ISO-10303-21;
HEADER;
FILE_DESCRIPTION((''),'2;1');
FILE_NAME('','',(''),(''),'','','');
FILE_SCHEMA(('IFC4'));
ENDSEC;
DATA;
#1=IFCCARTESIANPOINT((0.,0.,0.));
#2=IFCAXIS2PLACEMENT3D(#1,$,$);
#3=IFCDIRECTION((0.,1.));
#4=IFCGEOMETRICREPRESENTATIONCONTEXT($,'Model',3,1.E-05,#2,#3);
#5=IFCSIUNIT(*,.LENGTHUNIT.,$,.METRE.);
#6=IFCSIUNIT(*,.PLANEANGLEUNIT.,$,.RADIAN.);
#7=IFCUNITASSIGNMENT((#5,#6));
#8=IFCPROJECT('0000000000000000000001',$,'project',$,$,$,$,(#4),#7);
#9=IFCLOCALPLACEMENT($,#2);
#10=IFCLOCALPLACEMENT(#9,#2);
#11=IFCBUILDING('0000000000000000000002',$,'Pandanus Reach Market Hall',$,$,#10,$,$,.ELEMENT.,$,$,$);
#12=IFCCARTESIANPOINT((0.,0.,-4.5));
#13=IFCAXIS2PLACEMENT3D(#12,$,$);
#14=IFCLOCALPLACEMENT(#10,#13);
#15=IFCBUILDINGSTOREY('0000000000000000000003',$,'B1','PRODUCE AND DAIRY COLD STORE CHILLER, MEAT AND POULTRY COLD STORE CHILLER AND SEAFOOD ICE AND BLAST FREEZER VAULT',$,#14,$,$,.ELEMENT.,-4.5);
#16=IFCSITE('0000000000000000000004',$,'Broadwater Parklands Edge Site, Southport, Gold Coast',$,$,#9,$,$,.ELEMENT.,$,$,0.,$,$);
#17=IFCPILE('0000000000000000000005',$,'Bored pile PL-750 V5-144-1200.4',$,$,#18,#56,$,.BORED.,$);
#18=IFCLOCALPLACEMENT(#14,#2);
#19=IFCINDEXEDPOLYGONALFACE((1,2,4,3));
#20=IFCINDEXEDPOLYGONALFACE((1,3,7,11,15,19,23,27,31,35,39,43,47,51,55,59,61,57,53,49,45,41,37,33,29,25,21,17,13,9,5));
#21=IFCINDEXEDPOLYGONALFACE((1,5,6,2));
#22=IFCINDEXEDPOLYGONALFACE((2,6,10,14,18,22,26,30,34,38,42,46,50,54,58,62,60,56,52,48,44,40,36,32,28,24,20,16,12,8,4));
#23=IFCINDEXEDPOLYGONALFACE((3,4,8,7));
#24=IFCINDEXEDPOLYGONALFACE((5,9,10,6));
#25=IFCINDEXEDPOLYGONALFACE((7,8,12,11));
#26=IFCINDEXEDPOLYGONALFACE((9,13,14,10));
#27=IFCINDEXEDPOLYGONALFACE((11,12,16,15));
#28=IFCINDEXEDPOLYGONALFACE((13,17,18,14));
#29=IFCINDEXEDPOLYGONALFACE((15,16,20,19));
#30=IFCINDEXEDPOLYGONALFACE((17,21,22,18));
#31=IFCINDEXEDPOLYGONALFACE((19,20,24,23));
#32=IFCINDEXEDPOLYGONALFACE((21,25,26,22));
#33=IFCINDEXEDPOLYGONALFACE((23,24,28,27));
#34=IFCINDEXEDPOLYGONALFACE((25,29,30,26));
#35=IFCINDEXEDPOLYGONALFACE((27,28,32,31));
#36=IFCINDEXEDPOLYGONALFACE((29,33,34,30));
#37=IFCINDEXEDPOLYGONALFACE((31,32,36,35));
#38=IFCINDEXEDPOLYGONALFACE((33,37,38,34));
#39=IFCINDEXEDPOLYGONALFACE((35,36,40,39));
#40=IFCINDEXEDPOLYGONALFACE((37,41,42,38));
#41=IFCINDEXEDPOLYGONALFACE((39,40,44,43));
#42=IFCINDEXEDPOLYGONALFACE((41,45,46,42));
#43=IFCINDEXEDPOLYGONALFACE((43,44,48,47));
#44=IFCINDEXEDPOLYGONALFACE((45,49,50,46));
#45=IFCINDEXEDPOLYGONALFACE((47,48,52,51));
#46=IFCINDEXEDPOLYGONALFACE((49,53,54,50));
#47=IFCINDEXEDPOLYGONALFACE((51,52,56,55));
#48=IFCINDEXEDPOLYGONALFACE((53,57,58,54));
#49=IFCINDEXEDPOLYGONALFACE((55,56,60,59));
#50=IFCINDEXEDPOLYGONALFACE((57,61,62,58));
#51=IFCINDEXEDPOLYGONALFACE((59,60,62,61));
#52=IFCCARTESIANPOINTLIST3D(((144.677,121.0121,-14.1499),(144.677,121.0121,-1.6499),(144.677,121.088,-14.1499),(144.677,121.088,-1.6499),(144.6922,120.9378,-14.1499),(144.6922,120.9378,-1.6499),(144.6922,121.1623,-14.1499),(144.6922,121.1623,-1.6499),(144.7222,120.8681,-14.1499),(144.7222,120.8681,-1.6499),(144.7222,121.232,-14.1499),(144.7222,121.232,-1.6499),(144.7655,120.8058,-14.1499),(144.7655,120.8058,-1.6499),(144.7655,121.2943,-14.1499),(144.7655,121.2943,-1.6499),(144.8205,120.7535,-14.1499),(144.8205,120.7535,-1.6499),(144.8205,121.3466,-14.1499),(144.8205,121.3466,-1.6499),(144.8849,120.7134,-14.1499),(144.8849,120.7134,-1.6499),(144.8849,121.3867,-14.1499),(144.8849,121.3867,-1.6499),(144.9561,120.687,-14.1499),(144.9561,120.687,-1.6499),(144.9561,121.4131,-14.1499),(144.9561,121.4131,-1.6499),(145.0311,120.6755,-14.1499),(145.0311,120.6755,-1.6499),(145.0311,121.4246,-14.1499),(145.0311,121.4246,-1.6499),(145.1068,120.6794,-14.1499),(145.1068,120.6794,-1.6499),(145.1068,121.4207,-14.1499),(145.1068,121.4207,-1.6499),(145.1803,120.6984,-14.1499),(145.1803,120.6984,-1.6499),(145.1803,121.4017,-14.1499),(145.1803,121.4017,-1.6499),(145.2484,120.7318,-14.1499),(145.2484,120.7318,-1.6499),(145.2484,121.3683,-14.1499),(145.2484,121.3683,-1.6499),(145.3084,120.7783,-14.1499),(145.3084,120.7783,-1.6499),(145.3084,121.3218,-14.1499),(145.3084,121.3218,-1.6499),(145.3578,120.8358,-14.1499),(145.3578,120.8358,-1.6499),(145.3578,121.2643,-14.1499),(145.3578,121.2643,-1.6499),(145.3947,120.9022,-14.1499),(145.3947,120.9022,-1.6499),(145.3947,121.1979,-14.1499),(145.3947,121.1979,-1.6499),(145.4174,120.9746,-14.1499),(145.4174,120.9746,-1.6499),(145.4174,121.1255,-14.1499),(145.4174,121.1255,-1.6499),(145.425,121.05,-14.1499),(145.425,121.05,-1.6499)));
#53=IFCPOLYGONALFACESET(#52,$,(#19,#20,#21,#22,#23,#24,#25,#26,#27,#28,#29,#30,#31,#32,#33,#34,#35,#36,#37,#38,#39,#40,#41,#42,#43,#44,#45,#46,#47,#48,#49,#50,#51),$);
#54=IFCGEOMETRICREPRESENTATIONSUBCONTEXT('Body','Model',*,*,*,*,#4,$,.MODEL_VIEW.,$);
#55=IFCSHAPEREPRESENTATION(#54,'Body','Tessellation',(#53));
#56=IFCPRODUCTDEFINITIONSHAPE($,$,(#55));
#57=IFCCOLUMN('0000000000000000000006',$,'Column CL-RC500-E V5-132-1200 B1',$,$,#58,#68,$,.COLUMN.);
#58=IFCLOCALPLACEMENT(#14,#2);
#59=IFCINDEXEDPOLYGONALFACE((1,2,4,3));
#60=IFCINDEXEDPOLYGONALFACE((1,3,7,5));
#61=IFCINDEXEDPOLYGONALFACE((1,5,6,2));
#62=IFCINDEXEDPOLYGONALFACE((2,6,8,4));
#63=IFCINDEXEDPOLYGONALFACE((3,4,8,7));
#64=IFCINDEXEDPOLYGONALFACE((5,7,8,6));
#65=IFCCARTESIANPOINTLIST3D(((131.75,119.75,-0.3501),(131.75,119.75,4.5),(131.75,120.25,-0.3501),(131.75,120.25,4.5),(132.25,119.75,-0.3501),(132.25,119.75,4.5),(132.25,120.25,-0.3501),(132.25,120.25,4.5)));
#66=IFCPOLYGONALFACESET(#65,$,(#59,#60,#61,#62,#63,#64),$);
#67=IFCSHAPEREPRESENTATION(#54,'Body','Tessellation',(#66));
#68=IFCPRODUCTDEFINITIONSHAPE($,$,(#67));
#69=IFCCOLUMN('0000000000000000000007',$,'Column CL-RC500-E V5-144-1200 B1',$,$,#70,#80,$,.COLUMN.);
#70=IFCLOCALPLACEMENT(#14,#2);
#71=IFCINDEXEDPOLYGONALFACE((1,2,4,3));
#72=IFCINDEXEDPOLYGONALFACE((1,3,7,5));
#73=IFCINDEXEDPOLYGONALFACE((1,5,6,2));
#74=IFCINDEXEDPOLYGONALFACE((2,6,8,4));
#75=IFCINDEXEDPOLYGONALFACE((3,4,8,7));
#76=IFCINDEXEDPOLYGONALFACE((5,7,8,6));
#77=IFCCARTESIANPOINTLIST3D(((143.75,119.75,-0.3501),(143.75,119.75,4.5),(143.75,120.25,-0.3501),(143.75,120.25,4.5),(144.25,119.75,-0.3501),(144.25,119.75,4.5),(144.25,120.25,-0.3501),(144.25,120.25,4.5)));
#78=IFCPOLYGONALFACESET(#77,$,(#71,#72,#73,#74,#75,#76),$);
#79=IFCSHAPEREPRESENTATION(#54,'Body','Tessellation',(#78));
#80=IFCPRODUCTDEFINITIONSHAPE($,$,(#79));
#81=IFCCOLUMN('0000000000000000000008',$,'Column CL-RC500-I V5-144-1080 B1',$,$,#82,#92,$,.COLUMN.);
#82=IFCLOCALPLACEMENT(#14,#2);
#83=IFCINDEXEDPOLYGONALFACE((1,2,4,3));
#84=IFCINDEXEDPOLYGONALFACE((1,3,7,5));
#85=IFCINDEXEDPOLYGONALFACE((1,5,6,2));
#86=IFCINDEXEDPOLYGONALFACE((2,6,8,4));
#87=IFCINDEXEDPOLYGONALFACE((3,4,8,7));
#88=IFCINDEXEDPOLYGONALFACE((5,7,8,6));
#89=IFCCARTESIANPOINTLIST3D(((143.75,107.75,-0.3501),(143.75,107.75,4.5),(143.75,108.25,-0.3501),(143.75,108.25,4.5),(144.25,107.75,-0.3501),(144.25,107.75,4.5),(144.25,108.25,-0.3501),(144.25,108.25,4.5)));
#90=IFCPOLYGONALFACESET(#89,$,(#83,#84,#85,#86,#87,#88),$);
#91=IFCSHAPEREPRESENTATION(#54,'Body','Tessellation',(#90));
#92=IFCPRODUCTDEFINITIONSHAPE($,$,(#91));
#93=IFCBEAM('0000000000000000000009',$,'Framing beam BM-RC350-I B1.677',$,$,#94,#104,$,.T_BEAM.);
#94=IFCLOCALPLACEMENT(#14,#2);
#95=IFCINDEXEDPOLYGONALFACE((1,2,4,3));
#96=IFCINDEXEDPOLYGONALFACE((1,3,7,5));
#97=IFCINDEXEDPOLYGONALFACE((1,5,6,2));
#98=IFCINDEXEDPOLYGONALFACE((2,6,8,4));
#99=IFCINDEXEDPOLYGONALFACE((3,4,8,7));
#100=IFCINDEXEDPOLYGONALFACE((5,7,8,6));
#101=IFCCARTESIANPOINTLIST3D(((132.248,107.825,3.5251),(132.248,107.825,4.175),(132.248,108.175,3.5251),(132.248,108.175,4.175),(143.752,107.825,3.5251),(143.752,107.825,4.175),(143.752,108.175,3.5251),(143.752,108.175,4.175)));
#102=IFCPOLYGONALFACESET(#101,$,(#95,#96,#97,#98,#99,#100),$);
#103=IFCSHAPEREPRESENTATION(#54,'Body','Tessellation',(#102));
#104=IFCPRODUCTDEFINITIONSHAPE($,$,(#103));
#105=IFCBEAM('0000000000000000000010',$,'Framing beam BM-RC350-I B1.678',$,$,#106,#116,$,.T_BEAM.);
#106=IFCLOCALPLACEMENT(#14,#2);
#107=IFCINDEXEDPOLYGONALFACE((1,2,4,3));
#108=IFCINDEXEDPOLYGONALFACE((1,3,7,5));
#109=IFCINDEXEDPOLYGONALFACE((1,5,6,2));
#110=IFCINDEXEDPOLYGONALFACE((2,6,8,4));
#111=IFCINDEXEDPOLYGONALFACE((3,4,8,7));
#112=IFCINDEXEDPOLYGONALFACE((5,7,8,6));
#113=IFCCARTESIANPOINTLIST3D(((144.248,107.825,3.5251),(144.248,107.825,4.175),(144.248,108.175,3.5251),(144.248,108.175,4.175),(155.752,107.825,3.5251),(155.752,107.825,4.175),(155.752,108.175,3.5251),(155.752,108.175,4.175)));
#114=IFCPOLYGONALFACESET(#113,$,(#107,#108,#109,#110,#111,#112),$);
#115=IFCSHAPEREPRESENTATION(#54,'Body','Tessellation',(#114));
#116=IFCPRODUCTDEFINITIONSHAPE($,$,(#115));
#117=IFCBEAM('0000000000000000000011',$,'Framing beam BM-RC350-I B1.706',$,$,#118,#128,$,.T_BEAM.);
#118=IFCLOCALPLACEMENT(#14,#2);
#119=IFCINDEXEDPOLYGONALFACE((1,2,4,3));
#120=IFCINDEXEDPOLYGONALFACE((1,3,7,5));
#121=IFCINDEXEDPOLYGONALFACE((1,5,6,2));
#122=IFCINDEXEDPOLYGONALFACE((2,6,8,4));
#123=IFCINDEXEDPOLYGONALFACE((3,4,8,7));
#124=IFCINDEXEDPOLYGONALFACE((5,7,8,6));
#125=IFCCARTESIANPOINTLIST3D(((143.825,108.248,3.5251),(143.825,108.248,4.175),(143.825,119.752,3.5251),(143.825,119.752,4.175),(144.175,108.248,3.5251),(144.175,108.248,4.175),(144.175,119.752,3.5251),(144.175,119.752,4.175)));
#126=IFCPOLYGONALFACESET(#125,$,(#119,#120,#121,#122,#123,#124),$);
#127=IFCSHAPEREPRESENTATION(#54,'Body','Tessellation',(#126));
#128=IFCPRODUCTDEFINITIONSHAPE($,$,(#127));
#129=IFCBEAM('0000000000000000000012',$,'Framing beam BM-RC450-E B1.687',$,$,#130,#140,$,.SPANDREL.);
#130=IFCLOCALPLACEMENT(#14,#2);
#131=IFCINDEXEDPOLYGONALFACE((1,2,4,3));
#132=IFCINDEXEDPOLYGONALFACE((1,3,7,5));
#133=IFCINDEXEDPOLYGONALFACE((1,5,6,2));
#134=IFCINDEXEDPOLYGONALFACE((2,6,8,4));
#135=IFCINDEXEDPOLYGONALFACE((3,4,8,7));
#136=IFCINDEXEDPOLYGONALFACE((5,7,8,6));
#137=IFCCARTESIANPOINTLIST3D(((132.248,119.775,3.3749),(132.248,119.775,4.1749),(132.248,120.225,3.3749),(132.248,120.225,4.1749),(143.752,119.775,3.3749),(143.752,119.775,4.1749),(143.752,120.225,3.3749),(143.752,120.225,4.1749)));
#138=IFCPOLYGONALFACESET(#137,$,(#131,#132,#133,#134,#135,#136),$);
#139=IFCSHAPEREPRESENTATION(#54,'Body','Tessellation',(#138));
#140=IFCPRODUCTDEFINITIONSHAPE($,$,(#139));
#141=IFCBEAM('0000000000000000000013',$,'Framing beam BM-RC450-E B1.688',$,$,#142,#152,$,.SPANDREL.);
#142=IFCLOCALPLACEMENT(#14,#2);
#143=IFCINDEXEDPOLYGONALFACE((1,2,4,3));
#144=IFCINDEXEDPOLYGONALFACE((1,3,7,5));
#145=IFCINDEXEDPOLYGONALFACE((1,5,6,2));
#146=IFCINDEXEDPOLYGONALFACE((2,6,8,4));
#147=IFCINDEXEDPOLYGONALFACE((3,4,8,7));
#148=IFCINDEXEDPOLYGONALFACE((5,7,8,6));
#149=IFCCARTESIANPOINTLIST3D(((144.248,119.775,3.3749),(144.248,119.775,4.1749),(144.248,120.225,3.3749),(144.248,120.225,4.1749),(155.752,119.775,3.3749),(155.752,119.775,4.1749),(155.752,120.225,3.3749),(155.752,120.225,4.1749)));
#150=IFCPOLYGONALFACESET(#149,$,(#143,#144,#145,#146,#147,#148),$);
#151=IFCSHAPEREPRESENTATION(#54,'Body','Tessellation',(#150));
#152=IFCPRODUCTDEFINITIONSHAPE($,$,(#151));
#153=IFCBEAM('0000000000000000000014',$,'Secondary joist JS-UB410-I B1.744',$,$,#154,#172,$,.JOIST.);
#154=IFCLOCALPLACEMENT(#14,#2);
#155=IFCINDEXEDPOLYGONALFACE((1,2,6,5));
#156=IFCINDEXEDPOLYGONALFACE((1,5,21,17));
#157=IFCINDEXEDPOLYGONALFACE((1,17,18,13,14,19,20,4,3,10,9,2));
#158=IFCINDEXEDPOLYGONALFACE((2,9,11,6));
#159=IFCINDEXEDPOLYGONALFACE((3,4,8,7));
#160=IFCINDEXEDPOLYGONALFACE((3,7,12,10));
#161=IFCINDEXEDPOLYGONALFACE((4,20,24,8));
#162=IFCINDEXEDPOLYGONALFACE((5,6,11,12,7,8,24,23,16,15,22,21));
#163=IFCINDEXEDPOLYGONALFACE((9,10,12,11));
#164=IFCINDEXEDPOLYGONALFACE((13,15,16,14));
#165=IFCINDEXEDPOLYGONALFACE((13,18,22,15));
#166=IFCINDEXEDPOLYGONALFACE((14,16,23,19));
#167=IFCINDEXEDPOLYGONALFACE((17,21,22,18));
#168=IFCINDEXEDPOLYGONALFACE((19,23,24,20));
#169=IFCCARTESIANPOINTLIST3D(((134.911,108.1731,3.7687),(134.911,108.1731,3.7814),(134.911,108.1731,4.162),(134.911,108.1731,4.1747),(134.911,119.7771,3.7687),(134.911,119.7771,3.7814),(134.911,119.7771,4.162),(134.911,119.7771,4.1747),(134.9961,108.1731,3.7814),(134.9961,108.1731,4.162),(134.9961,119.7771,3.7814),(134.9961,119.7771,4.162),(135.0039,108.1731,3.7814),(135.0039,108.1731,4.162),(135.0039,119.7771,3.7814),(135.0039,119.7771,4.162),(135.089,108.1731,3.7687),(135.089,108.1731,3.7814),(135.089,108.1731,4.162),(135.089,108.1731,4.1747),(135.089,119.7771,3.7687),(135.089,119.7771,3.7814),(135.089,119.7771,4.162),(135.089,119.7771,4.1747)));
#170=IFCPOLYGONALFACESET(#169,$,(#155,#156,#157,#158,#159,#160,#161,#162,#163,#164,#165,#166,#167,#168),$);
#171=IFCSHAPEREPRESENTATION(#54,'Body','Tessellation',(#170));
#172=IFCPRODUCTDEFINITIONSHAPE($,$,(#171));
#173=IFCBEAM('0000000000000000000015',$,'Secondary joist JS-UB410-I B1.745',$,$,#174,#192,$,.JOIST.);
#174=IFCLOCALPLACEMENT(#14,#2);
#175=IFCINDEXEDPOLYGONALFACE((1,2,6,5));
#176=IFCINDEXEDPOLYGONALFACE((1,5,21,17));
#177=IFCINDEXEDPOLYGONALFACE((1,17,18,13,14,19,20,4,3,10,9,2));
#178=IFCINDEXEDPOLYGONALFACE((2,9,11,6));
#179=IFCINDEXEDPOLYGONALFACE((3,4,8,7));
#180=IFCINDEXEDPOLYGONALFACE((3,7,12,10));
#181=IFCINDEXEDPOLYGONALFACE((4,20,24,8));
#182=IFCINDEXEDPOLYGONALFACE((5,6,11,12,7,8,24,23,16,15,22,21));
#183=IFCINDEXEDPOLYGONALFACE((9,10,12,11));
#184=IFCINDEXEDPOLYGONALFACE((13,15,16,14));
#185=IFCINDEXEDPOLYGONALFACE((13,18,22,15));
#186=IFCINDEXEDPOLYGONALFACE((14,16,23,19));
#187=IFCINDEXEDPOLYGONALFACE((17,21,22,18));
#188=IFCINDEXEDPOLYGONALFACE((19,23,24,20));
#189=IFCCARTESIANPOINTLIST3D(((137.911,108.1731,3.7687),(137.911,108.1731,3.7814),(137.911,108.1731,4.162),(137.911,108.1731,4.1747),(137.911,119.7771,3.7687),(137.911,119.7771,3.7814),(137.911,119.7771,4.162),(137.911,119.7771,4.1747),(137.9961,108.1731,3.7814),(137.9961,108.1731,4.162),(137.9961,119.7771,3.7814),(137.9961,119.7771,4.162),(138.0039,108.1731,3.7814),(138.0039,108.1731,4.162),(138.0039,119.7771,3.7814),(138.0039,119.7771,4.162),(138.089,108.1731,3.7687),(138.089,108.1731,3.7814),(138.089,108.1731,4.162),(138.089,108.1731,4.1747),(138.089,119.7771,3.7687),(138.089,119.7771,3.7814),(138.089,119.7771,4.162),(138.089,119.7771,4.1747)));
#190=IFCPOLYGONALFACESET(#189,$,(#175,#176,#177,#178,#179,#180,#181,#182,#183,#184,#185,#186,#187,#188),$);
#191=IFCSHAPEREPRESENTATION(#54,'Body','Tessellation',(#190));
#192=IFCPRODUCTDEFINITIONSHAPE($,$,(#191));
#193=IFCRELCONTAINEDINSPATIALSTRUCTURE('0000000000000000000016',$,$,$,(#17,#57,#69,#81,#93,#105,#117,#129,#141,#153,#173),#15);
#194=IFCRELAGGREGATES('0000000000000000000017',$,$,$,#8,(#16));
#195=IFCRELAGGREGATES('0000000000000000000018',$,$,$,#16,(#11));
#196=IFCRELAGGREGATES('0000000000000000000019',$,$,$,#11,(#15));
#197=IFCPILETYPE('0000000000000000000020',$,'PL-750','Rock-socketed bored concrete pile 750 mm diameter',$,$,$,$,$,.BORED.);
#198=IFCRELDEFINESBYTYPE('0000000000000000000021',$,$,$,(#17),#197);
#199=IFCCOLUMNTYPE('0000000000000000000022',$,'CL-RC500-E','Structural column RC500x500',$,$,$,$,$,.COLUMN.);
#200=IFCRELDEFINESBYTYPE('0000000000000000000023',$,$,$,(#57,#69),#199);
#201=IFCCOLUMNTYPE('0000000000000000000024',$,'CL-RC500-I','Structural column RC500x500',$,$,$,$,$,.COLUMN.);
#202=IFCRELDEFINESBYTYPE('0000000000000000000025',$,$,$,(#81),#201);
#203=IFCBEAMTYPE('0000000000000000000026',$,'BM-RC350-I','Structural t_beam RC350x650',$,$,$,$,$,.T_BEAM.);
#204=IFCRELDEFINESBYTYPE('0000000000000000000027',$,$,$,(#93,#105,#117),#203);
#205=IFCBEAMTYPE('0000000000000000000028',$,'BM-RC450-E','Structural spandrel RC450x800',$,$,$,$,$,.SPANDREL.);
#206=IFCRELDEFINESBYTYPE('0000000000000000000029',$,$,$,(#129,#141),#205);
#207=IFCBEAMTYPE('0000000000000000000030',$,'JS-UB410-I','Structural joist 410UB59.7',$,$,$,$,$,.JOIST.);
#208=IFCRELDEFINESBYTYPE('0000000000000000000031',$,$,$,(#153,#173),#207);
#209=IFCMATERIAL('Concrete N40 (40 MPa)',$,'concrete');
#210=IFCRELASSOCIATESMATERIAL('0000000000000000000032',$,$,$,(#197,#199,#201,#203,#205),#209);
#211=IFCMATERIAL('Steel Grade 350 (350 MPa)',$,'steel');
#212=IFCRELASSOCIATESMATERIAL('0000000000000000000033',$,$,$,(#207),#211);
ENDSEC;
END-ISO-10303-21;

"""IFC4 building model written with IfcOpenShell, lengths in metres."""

from ifc_helpers import new_model, si_unit, direction, frame, origin, origin_2d, place, context, subcontext, project, spatial, rectangle, circle, i_section, extrude, material, material_profile, profile_set, type_object, element, save


model = new_model("IFC4")

# Units and contexts
model_context = context("Model", 3, precision=1e-05, world=origin(), true_north=direction((0.0, 1.0)))
body_context = subcontext(model_context, "Body", "Model", "MODEL_VIEW")
ifc_project = project(units=[si_unit("LENGTHUNIT", "METRE"), si_unit("PLANEANGLEUNIT", "RADIAN")], contexts=[model_context])

# Site, building, storey
site_placement = place(None, origin())
site = spatial("IfcSite", under=ifc_project, at=site_placement, Name="Broadwater Parklands Edge Site, Southport, Gold Coast", CompositionType="ELEMENT", RefElevation=0.0)
building_placement = place(site_placement, origin())
building = spatial("IfcBuilding", under=site, at=building_placement, Name="Pandanus Reach Market Hall", CompositionType="ELEMENT")
storey_placement = place(building_placement, frame((0.0, 0.0, -4.5)))
storey = spatial("IfcBuildingStorey", under=building, at=storey_placement, Name="B1", Description="PRODUCE AND DAIRY COLD STORE CHILLER, MEAT AND POULTRY COLD STORE CHILLER AND SEAFOOD ICE AND BLAST FREEZER VAULT", CompositionType="ELEMENT", Elevation=-4.5)

# Shared definitions
ifc_material_1 = material(Name="Concrete N40 (40 MPa)", Category="concrete")

# Pile
ifc_material_profile_1 = material_profile(ifc_material_1, circle(Radius=0.375, at=origin_2d()), Name="PILE-750D", Category="LoadBearing")
ifc_profile_set_1 = profile_set([ifc_material_profile_1], Name="Concrete N40 (40 MPa)")
pile_type = type_object("IfcPileType", Name="PL-750", Description="Rock-socketed bored concrete pile 750 mm diameter", PredefinedType="BORED", material=ifc_profile_set_1)
for number, where, z_axis, x_axis, name in (
    (1, (145.05, 121.05, -1.6499), (0.0, 0.0, -1.0), (1.0, 0.0, 0.0), "Bored pile PL-750 V5-144-1200.4"),
):
    element("IfcPile", number, at=place(storey_placement, frame(where, z_axis=z_axis, x_axis=x_axis)), inside=storey, type_object=pile_type, Name=name, PredefinedType="BORED", context=body_context, shape_type="SweptSolid", body=[
        extrude(circle(Radius=0.375, at=origin_2d()), origin(), (0.0, 0.0, 1.0), 12.5),
    ])

# Columns
ifc_material_profile_2 = material_profile(ifc_material_1, rectangle(XDim=0.5, YDim=0.5, at=origin_2d()), Name="RC500x500", Category="LoadBearing")
ifc_profile_set_2 = profile_set([ifc_material_profile_2], Name="Concrete N40 (40 MPa)")
column_type_1 = type_object("IfcColumnType", Name="CL-RC500-E", Description="Structural column RC500x500", PredefinedType="COLUMN", material=ifc_profile_set_2)
for number, where, z_axis, x_axis, name in (
    (2, (132.0, 120.0, -0.3501), (0.0, 0.0, 1.0), (1.0, 0.0, 0.0), "Column CL-RC500-E V5-132-1200 B1"),
    (3, (144.0, 120.0, -0.3501), (0.0, 0.0, 1.0), (1.0, 0.0, 0.0), "Column CL-RC500-E V5-144-1200 B1"),
):
    element("IfcColumn", number, at=place(storey_placement, frame(where, z_axis=z_axis, x_axis=x_axis)), inside=storey, type_object=column_type_1, Name=name, PredefinedType="COLUMN", context=body_context, shape_type="SweptSolid", body=[
        extrude(rectangle(XDim=0.5, YDim=0.5, at=origin_2d()), origin(), (0.0, 0.0, 1.0), 4.8501),
    ])
ifc_material_profile_3 = material_profile(ifc_material_1, rectangle(XDim=0.5, YDim=0.5, at=origin_2d()), Name="RC500x500", Category="LoadBearing")
ifc_profile_set_3 = profile_set([ifc_material_profile_3], Name="Concrete N40 (40 MPa)")
column_type_2 = type_object("IfcColumnType", Name="CL-RC500-I", Description="Structural column RC500x500", PredefinedType="COLUMN", material=ifc_profile_set_3)
column_placement = place(storey_placement, frame((144.0, 108.0, -0.3501), z_axis=(0.0, 0.0, 1.0), x_axis=(1.0, 0.0, 0.0)))
element("IfcColumn", 4, at=column_placement, inside=storey, type_object=column_type_2, Name="Column CL-RC500-I V5-144-1080 B1", PredefinedType="COLUMN", context=body_context, shape_type="SweptSolid", body=[
    extrude(rectangle(XDim=0.5, YDim=0.5, at=origin_2d()), origin(), (0.0, 0.0, 1.0), 4.8501),
])

# Beams
ifc_material_profile_4 = material_profile(ifc_material_1, rectangle(XDim=0.3501, YDim=0.6499, at=origin_2d()), Name="RC350x650", Category="LoadBearing")
ifc_profile_set_4 = profile_set([ifc_material_profile_4], Name="Concrete N40 (40 MPa)")
beam_type_1 = type_object("IfcBeamType", Name="BM-RC350-I", Description="Structural t_beam RC350x650", PredefinedType="T_BEAM", material=ifc_profile_set_4)
for number, where, z_axis, x_axis, name in (
    (5, (132.248, 108.0, 3.8501), (1.0, 0.0, 0.0), (0.0, 1.0, 0.0), "Framing beam BM-RC350-I B1.677"),
    (6, (144.248, 108.0, 3.8501), (1.0, 0.0, 0.0), (0.0, 1.0, 0.0), "Framing beam BM-RC350-I B1.678"),
    (7, (144.0, 108.248, 3.8501), (0.0, 1.0, 0.0), (-1.0, 0.0, 0.0), "Framing beam BM-RC350-I B1.706"),
):
    element("IfcBeam", number, at=place(storey_placement, frame(where, z_axis=z_axis, x_axis=x_axis)), inside=storey, type_object=beam_type_1, Name=name, PredefinedType="T_BEAM", context=body_context, shape_type="SweptSolid", body=[
        extrude(rectangle(XDim=0.3501, YDim=0.6499, at=origin_2d()), origin(), (0.0, 0.0, 1.0), 11.5039),
    ])
ifc_material_profile_5 = material_profile(ifc_material_1, rectangle(XDim=0.45, YDim=0.8, at=origin_2d()), Name="RC450x800", Category="LoadBearing")
ifc_profile_set_5 = profile_set([ifc_material_profile_5], Name="Concrete N40 (40 MPa)")
beam_type_2 = type_object("IfcBeamType", Name="BM-RC450-E", Description="Structural spandrel RC450x800", PredefinedType="SPANDREL", material=ifc_profile_set_5)
for number, where, z_axis, x_axis, name in (
    (8, (132.248, 120.0, 3.7749), (1.0, 0.0, 0.0), (0.0, 1.0, 0.0), "Framing beam BM-RC450-E B1.687"),
    (9, (144.248, 120.0, 3.7749), (1.0, 0.0, 0.0), (0.0, 1.0, 0.0), "Framing beam BM-RC450-E B1.688"),
):
    element("IfcBeam", number, at=place(storey_placement, frame(where, z_axis=z_axis, x_axis=x_axis)), inside=storey, type_object=beam_type_2, Name=name, PredefinedType="SPANDREL", context=body_context, shape_type="SweptSolid", body=[
        extrude(rectangle(XDim=0.45, YDim=0.8, at=origin_2d()), origin(), (0.0, 0.0, 1.0), 11.5039),
    ])
ifc_material_2 = material(Name="Steel Grade 350 (350 MPa)", Category="steel")
ifc_material_profile_6 = material_profile(ifc_material_2, i_section(OverallWidth=0.178, OverallDepth=0.406, WebThickness=0.0078, FlangeThickness=0.0127, at=origin_2d()), Name="410UB59.7", Category="LoadBearing")
ifc_profile_set_6 = profile_set([ifc_material_profile_6], Name="Steel Grade 350 (350 MPa)")
beam_type_3 = type_object("IfcBeamType", Name="JS-UB410-I", Description="Structural joist 410UB59.7", PredefinedType="JOIST", material=ifc_profile_set_6)
for number, where, z_axis, x_axis, name in (
    (10, (135.0, 108.1731, 3.9717), (0.0, 1.0, 0.0), (-1.0, 0.0, 0.0), "Secondary joist JS-UB410-I B1.744"),
    (11, (138.0, 108.1731, 3.9717), (0.0, 1.0, 0.0), (-1.0, 0.0, 0.0), "Secondary joist JS-UB410-I B1.745"),
):
    element("IfcBeam", number, at=place(storey_placement, frame(where, z_axis=z_axis, x_axis=x_axis)), inside=storey, type_object=beam_type_3, Name=name, PredefinedType="JOIST", context=body_context, shape_type="SweptSolid", body=[
        extrude(i_section(OverallWidth=0.178, OverallDepth=0.406, WebThickness=0.0078, FlangeThickness=0.0127, at=origin_2d()), origin(), (0.0, 0.0, 1.0), 11.604),
    ])

save(model, "model.ifc")
